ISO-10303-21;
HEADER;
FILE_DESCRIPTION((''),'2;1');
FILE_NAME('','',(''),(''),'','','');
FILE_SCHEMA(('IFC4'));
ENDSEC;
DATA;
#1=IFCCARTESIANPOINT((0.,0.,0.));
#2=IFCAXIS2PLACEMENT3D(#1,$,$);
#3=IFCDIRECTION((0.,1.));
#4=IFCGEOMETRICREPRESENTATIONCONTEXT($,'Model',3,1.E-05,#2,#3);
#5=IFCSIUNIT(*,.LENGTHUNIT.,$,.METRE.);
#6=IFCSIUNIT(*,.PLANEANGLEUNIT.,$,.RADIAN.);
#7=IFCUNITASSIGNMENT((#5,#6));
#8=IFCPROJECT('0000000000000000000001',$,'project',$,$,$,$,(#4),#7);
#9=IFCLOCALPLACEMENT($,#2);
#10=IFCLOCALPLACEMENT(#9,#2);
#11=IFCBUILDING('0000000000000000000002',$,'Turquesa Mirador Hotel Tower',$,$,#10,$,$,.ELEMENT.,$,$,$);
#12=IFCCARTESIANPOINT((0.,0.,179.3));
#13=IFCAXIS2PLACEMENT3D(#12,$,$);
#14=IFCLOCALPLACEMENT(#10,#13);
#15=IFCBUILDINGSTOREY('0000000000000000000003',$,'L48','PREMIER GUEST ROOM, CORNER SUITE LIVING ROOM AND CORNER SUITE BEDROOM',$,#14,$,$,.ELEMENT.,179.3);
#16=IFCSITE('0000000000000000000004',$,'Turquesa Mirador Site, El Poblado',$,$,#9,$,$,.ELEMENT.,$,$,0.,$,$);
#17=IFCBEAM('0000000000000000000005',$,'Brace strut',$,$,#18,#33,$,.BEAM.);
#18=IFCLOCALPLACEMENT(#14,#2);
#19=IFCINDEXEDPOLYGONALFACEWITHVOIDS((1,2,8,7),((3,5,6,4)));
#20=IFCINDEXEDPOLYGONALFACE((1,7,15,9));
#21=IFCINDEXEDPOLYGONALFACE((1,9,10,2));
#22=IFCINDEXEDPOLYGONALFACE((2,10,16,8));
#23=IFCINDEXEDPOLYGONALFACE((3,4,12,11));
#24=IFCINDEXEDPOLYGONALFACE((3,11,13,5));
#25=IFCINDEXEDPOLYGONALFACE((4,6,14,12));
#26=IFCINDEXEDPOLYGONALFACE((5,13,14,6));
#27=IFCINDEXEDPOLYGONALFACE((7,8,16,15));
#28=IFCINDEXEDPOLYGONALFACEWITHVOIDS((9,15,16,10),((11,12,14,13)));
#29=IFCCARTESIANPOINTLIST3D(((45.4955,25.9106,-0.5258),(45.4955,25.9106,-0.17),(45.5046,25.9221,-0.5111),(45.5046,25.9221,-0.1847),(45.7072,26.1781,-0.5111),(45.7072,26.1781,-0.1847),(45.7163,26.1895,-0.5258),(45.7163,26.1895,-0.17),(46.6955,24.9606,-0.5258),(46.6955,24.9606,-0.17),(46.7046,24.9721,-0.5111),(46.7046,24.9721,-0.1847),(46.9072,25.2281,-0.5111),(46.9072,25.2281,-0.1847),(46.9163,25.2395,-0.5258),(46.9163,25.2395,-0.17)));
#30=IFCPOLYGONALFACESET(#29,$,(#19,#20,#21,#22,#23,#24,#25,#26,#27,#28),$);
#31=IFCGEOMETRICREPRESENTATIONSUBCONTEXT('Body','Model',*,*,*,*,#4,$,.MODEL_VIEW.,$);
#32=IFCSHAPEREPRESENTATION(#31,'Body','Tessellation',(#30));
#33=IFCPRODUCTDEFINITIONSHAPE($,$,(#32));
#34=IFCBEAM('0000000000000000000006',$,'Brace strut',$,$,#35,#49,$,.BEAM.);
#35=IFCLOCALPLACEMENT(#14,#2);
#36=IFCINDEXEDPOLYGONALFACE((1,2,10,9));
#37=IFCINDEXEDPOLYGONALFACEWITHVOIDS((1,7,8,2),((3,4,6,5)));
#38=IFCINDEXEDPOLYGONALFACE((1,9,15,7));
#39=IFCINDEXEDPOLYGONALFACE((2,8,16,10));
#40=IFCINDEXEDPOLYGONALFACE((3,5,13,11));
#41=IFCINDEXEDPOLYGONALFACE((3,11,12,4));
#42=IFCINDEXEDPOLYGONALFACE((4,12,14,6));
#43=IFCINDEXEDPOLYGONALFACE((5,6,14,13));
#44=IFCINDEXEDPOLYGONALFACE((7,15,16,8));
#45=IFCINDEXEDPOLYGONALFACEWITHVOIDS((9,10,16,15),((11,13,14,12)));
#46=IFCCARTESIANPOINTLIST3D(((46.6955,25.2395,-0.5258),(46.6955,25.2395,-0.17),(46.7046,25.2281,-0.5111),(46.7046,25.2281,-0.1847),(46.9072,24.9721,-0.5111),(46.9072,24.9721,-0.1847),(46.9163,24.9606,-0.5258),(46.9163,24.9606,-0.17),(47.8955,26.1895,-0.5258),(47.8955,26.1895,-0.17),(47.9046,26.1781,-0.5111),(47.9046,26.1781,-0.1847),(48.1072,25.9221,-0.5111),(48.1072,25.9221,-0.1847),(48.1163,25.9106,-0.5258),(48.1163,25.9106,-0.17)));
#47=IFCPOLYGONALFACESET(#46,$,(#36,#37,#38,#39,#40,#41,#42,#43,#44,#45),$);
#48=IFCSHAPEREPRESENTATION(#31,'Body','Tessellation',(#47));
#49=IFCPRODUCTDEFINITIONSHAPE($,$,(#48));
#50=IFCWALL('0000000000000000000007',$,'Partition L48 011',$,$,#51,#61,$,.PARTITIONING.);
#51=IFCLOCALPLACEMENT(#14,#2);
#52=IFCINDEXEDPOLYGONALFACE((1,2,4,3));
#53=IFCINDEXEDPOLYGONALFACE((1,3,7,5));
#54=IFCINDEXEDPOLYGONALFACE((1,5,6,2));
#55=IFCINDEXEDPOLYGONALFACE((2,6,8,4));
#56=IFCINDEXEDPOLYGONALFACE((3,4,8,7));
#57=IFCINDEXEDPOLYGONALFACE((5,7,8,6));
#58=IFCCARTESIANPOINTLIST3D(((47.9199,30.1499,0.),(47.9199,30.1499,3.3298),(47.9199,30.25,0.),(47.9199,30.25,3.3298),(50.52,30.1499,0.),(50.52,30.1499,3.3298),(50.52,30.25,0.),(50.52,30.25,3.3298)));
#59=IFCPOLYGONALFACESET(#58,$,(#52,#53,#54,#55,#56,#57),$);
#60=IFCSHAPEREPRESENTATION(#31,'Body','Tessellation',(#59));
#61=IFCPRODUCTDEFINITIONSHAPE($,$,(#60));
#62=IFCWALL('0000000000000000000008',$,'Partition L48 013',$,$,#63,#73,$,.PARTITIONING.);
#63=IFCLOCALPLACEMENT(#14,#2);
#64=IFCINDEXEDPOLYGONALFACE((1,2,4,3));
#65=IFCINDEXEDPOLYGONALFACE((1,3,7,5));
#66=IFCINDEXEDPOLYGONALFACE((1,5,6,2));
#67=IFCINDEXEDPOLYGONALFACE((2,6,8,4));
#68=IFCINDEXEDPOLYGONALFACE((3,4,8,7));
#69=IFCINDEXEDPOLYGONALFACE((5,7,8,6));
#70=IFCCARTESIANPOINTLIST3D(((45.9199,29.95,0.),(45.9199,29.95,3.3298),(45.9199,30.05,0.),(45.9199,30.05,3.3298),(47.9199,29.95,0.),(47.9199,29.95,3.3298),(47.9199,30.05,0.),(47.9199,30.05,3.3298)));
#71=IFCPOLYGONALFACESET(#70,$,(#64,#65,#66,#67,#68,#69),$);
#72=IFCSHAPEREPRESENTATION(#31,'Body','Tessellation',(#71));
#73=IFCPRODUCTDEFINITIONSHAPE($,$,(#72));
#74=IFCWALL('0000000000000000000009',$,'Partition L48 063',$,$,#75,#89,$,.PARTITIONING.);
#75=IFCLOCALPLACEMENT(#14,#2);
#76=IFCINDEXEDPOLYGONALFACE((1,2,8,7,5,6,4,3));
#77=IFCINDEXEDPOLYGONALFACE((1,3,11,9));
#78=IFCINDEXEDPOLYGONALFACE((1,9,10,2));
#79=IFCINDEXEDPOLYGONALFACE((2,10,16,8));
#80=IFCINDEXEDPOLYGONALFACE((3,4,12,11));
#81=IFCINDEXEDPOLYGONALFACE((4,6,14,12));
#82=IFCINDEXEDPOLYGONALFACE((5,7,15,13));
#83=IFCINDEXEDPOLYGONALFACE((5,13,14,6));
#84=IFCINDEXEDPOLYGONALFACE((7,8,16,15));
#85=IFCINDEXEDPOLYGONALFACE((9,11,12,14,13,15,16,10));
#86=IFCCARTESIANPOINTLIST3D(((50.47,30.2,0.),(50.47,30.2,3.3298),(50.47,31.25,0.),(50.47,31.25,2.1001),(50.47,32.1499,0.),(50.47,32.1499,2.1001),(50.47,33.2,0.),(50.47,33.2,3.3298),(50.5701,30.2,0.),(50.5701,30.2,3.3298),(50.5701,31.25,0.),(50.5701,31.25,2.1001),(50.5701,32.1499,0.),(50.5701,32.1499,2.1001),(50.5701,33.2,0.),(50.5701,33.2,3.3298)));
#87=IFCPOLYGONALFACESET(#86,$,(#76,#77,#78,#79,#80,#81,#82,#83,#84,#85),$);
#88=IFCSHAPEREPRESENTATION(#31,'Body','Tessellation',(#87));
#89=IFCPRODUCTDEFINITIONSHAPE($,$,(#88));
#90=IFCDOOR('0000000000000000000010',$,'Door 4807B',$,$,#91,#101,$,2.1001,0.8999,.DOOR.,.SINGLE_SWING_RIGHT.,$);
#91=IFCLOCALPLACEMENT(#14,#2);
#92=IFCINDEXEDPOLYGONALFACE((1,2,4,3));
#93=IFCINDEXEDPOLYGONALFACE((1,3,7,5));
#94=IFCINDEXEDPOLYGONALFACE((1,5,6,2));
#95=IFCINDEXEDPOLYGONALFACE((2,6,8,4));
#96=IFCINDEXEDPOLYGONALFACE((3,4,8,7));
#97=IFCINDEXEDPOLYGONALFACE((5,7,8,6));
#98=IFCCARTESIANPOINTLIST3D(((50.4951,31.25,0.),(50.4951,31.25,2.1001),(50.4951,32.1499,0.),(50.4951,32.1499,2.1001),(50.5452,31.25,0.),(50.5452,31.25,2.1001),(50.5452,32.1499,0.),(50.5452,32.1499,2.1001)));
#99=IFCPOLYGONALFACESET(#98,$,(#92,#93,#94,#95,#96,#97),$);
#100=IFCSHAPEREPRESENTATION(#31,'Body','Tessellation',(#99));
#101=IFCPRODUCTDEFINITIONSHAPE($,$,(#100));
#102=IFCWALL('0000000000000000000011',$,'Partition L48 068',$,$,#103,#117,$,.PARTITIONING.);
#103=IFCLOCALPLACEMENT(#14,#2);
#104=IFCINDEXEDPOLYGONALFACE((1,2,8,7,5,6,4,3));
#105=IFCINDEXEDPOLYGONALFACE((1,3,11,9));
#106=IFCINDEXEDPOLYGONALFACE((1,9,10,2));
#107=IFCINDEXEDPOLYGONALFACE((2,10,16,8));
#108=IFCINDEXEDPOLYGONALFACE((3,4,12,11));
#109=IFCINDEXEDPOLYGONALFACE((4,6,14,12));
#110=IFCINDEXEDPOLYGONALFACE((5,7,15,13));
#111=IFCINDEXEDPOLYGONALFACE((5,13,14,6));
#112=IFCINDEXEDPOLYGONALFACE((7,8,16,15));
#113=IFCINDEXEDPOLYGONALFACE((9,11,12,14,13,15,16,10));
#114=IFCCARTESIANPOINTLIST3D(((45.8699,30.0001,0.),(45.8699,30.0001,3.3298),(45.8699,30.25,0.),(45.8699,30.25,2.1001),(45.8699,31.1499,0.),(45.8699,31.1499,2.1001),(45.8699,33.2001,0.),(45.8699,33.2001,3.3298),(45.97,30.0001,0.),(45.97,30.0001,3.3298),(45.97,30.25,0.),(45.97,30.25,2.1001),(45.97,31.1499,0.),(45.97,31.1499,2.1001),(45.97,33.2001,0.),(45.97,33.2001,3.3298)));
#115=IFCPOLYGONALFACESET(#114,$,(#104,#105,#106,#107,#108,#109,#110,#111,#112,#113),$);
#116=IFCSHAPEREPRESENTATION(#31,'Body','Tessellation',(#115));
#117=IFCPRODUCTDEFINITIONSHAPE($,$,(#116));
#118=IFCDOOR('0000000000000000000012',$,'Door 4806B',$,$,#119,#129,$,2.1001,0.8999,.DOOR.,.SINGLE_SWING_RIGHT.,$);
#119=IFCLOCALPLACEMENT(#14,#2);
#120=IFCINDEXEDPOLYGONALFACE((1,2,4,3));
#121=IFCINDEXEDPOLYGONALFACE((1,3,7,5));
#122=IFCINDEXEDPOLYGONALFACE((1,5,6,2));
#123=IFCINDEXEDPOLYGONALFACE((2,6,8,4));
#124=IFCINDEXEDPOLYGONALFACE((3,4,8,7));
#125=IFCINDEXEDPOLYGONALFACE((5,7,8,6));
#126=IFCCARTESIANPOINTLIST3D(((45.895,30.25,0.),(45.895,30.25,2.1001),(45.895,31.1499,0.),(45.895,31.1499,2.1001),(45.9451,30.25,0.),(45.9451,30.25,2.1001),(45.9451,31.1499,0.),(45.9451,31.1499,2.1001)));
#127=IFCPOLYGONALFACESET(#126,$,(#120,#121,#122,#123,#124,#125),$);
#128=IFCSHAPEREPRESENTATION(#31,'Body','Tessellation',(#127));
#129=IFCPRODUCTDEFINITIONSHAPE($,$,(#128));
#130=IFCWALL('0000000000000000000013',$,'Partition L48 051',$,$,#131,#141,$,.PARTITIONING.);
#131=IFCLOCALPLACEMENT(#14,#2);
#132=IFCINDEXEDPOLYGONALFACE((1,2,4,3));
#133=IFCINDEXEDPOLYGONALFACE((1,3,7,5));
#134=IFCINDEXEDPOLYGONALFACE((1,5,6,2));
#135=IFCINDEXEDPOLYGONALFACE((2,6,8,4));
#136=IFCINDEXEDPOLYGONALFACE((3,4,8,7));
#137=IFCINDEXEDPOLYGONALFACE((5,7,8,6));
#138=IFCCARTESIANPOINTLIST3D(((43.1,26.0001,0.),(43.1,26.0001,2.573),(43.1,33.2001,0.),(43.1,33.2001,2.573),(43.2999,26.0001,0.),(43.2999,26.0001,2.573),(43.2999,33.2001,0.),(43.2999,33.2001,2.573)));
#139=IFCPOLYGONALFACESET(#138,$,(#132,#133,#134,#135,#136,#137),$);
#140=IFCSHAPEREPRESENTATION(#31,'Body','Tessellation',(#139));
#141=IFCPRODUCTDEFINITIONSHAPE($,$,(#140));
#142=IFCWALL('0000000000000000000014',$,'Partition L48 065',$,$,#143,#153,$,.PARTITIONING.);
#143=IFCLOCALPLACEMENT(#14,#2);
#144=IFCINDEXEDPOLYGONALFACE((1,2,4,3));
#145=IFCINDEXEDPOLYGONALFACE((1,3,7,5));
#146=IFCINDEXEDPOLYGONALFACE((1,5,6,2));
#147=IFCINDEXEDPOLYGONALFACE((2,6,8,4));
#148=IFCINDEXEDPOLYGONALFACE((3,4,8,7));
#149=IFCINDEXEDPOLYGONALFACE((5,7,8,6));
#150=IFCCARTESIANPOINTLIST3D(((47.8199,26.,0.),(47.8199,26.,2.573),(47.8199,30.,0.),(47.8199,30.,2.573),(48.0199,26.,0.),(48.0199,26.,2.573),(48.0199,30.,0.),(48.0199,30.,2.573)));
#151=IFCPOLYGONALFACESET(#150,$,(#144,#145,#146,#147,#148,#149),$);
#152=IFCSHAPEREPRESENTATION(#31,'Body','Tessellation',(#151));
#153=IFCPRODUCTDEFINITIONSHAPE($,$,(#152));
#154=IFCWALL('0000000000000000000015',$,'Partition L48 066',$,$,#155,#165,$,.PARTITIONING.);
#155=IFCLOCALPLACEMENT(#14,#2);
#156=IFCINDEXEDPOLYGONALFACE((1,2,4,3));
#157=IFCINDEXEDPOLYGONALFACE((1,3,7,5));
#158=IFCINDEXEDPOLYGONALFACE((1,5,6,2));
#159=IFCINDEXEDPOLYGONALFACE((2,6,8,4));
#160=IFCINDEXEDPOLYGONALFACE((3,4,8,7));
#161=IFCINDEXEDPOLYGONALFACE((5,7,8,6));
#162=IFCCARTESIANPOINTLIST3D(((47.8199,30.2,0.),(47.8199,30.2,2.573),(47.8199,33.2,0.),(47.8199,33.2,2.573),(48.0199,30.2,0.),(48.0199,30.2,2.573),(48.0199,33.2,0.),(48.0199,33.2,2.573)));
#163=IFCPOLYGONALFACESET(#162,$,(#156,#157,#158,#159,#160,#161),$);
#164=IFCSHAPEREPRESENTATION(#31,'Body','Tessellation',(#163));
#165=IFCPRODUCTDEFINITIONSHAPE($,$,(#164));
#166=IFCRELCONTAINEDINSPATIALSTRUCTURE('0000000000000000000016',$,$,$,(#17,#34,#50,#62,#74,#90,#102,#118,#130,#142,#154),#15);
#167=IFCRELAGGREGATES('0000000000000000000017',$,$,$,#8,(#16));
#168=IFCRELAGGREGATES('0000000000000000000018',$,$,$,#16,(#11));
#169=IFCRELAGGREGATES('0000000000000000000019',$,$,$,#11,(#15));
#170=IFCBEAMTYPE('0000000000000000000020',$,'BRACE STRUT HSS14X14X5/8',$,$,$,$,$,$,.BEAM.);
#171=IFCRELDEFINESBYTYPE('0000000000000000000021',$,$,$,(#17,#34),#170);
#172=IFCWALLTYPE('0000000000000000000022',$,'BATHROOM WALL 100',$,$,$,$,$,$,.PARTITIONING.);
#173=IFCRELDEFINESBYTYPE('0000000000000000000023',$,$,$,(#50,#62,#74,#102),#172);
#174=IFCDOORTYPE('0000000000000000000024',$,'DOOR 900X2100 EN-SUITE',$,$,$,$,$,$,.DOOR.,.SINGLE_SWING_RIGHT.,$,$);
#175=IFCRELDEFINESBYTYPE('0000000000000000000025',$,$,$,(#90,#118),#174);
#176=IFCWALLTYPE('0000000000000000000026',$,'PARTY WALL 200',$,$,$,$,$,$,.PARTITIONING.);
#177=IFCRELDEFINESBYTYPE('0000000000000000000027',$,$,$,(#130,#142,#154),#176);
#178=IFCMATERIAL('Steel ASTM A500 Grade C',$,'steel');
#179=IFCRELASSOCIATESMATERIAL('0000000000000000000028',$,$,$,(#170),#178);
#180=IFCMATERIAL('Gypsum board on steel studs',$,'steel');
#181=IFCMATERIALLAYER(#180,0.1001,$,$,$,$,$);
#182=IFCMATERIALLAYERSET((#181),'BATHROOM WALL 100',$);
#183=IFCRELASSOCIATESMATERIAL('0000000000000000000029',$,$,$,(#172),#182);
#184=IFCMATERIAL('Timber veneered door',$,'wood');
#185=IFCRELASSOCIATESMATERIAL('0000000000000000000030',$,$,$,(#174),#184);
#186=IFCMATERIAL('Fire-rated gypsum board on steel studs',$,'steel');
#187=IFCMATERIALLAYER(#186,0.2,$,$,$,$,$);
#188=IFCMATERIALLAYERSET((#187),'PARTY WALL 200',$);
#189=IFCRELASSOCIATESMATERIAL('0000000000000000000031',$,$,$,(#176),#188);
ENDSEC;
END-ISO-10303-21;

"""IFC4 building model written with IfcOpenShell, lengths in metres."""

from ifc_helpers import new_model, si_unit, direction, frame, frame_2d, origin, origin_2d, place, context, subcontext, project, spatial, rectangle, hollow_rectangle, extrude, material, layer, layer_set, material_profile, profile_set, type_object, element, fill, save


model = new_model("IFC4")

# Units and contexts
model_context = context("Model", 3, precision=1e-05, world=origin(), true_north=direction((0.0, 1.0)))
body_context = subcontext(model_context, "Body", "Model", "MODEL_VIEW")
ifc_project = project(units=[si_unit("LENGTHUNIT", "METRE"), si_unit("PLANEANGLEUNIT", "RADIAN")], contexts=[model_context])

# Site, building, storey
site_placement = place(None, origin())
site = spatial("IfcSite", under=ifc_project, at=site_placement, Name="Turquesa Mirador Site, El Poblado", CompositionType="ELEMENT", RefElevation=0.0)
building_placement = place(site_placement, origin())
building = spatial("IfcBuilding", under=site, at=building_placement, Name="Turquesa Mirador Hotel Tower", CompositionType="ELEMENT")
storey_placement = place(building_placement, frame((0.0, 0.0, 179.3)))
storey = spatial("IfcBuildingStorey", under=building, at=storey_placement, Name="L48", Description="PREMIER GUEST ROOM, CORNER SUITE LIVING ROOM AND CORNER SUITE BEDROOM", CompositionType="ELEMENT", Elevation=179.3)

# Beams
ifc_material_1 = material(Name="Steel ASTM A500 Grade C", Category="steel")
ifc_material_profile_1 = material_profile(ifc_material_1, hollow_rectangle(XDim=0.3557, YDim=0.3557, WallThickness=0.0146, at=origin_2d()), Name="HSS14X14X5/8")
ifc_profile_set_1 = profile_set([ifc_material_profile_1], Name="Steel ASTM A500 Grade C")
beam_type_1 = type_object("IfcBeamType", Name="BRACE STRUT HSS14X14X5/8", PredefinedType="BEAM", material=ifc_profile_set_1)
for number, where, z_axis, x_axis, name in (
    (1, (46.8059, 25.1001, -0.3479), (-0.784049, 0.620699, 0.0), (-0.620699, -0.784049, 0.0), "Brace strut"),
    (2, (46.8059, 25.1001, -0.3479), (0.784049, 0.620699, 0.0), (-0.620699, 0.784049, 0.0), "Brace strut"),
):
    element("IfcBeam", number, at=place(storey_placement, frame(where, z_axis=z_axis, x_axis=x_axis)), inside=storey, type_object=beam_type_1, Name=name, PredefinedType="BEAM", context=body_context, shape_type="SweptSolid", body=[
        extrude(hollow_rectangle(XDim=0.3557, YDim=0.3557, WallThickness=0.0146, at=origin_2d()), origin(), (0.0, 0.0, 1.0), 1.5305),
    ])

# Walls
ifc_material_2 = material(Name="Gypsum board on steel studs", Category="steel")
ifc_layer_1 = layer(ifc_material_2, 0.1001)
ifc_layer_set_1 = layer_set([ifc_layer_1], Name="BATHROOM WALL 100")
wall_type_1 = type_object("IfcWallType", Name="BATHROOM WALL 100", PredefinedType="PARTITIONING", material=ifc_layer_set_1)
wall_1_placement = place(storey_placement, frame((47.9199, 30.2, 0.0), z_axis=(0.0, 0.0, 1.0), x_axis=(1.0, 0.0, 0.0)))
element("IfcWall", 3, at=wall_1_placement, inside=storey, type_object=wall_type_1, Name="Partition L48 011", PredefinedType="PARTITIONING", context=body_context, shape_type="SweptSolid", body=[
    extrude(rectangle(XDim=2.6001, YDim=0.1001, at=frame_2d((1.3, 0.0))), origin(), (0.0, 0.0, 1.0), 3.3298),
])
wall_2_placement = place(storey_placement, frame((45.9199, 30.0, 0.0), z_axis=(0.0, 0.0, 1.0), x_axis=(1.0, 0.0, 0.0)))
element("IfcWall", 4, at=wall_2_placement, inside=storey, type_object=wall_type_1, Name="Partition L48 013", PredefinedType="PARTITIONING", context=body_context, shape_type="SweptSolid", body=[
    extrude(rectangle(XDim=2.0, YDim=0.1001, at=frame_2d((1.0, 0.0))), origin(), (0.0, 0.0, 1.0), 3.3298),
])

# Walls, openings, doors
wall_3_placement = place(storey_placement, frame((50.52, 30.2, 0.0), z_axis=(0.0, 0.0, 1.0), x_axis=(0.0, 1.0, 0.0)))
wall_3 = element("IfcWall", 5, at=wall_3_placement, inside=storey, type_object=wall_type_1, Name="Partition L48 063", PredefinedType="PARTITIONING", context=body_context, shape_type="SweptSolid", body=[
    extrude(rectangle(XDim=3.0, YDim=0.1001, at=frame_2d((1.5, 0.0))), origin(), (0.0, 0.0, 1.0), 3.3298),
])
opening_1_placement = place(wall_3_placement, frame((1.05, 0.0, 0.0)))
opening_1 = element("IfcOpeningElement", 6, at=opening_1_placement, cuts=wall_3, PredefinedType="OPENING", context=body_context, shape_type="SweptSolid", body=[
    extrude(rectangle(XDim=0.8999, YDim=2.1001, at=frame_2d((0.45, 1.05))), frame((0.0, 0.0601, 0.0), z_axis=(0.0, -1.0, 0.0), x_axis=(1.0, 0.0, 0.0)), (0.0, 0.0, 1.0), 0.1201),
])
ifc_material_3 = material(Name="Timber veneered door", Category="wood")
door_type = type_object("IfcDoorType", Name="DOOR 900X2100 EN-SUITE", OperationType="SINGLE_SWING_RIGHT", PredefinedType="DOOR", material=ifc_material_3)
door_1_placement = place(opening_1_placement, origin())
door_1 = element("IfcDoor", 7, at=door_1_placement, inside=storey, type_object=door_type, Name="Door 4807B", OperationType="SINGLE_SWING_RIGHT", OverallHeight=2.1001, OverallWidth=0.8999, PredefinedType="DOOR", context=body_context, shape_type="SweptSolid", body=[
    extrude(rectangle(XDim=0.8999, YDim=2.1001, at=frame_2d((0.45, 1.05))), frame((0.0, 0.0249, 0.0), z_axis=(0.0, -1.0, 0.0), x_axis=(1.0, 0.0, 0.0)), (0.0, 0.0, 1.0), 0.05),
])
fill(opening_1, door_1)
wall_4_placement = place(storey_placement, frame((45.9199, 30.0, 0.0), z_axis=(0.0, 0.0, 1.0), x_axis=(0.0, 1.0, 0.0)))
wall_4 = element("IfcWall", 8, at=wall_4_placement, inside=storey, type_object=wall_type_1, Name="Partition L48 068", PredefinedType="PARTITIONING", context=body_context, shape_type="SweptSolid", body=[
    extrude(rectangle(XDim=3.2, YDim=0.1001, at=frame_2d((1.6001, 0.0))), origin(), (0.0, 0.0, 1.0), 3.3298),
])
opening_2_placement = place(wall_4_placement, frame((0.25, 0.0, 0.0)))
opening_2 = element("IfcOpeningElement", 9, at=opening_2_placement, cuts=wall_4, PredefinedType="OPENING", context=body_context, shape_type="SweptSolid", body=[
    extrude(rectangle(XDim=0.8999, YDim=2.1001, at=frame_2d((0.45, 1.05))), frame((0.0, 0.0601, 0.0), z_axis=(0.0, -1.0, 0.0), x_axis=(1.0, 0.0, 0.0)), (0.0, 0.0, 1.0), 0.1201),
])
door_2_placement = place(opening_2_placement, origin())
door_2 = element("IfcDoor", 10, at=door_2_placement, inside=storey, type_object=door_type, Name="Door 4806B", OperationType="SINGLE_SWING_RIGHT", OverallHeight=2.1001, OverallWidth=0.8999, PredefinedType="DOOR", context=body_context, shape_type="SweptSolid", body=[
    extrude(rectangle(XDim=0.8999, YDim=2.1001, at=frame_2d((0.45, 1.05))), frame((0.0, 0.0249, 0.0), z_axis=(0.0, -1.0, 0.0), x_axis=(1.0, 0.0, 0.0)), (0.0, 0.0, 1.0), 0.05),
])
fill(opening_2, door_2)

# Walls
ifc_material_4 = material(Name="Fire-rated gypsum board on steel studs", Category="steel")
ifc_layer_2 = layer(ifc_material_4, 0.2)
ifc_layer_set_2 = layer_set([ifc_layer_2], Name="PARTY WALL 200")
wall_type_2 = type_object("IfcWallType", Name="PARTY WALL 200", PredefinedType="PARTITIONING", material=ifc_layer_set_2)
wall_5_placement = place(storey_placement, frame((43.2, 26.0, 0.0), z_axis=(0.0, 0.0, 1.0), x_axis=(0.0, 1.0, 0.0)))
element("IfcWall", 11, at=wall_5_placement, inside=storey, type_object=wall_type_2, Name="Partition L48 051", PredefinedType="PARTITIONING", context=body_context, shape_type="SweptSolid", body=[
    extrude(rectangle(XDim=7.2, YDim=0.2, at=frame_2d((3.6001, 0.0))), origin(), (0.0, 0.0, 1.0), 2.573),
])
wall_6_placement = place(storey_placement, frame((47.9199, 26.0, 0.0), z_axis=(0.0, 0.0, 1.0), x_axis=(0.0, 1.0, 0.0)))
element("IfcWall", 12, at=wall_6_placement, inside=storey, type_object=wall_type_2, Name="Partition L48 065", PredefinedType="PARTITIONING", context=body_context, shape_type="SweptSolid", body=[
    extrude(rectangle(XDim=4.0, YDim=0.2, at=frame_2d((2.0, 0.0))), origin(), (0.0, 0.0, 1.0), 2.573),
])
wall_7_placement = place(storey_placement, frame((47.9199, 30.2, 0.0), z_axis=(0.0, 0.0, 1.0), x_axis=(0.0, 1.0, 0.0)))
element("IfcWall", 13, at=wall_7_placement, inside=storey, type_object=wall_type_2, Name="Partition L48 066", PredefinedType="PARTITIONING", context=body_context, shape_type="SweptSolid", body=[
    extrude(rectangle(XDim=3.0, YDim=0.2, at=frame_2d((1.5, 0.0))), origin(), (0.0, 0.0, 1.0), 2.573),
])

save(model, "model.ifc")
